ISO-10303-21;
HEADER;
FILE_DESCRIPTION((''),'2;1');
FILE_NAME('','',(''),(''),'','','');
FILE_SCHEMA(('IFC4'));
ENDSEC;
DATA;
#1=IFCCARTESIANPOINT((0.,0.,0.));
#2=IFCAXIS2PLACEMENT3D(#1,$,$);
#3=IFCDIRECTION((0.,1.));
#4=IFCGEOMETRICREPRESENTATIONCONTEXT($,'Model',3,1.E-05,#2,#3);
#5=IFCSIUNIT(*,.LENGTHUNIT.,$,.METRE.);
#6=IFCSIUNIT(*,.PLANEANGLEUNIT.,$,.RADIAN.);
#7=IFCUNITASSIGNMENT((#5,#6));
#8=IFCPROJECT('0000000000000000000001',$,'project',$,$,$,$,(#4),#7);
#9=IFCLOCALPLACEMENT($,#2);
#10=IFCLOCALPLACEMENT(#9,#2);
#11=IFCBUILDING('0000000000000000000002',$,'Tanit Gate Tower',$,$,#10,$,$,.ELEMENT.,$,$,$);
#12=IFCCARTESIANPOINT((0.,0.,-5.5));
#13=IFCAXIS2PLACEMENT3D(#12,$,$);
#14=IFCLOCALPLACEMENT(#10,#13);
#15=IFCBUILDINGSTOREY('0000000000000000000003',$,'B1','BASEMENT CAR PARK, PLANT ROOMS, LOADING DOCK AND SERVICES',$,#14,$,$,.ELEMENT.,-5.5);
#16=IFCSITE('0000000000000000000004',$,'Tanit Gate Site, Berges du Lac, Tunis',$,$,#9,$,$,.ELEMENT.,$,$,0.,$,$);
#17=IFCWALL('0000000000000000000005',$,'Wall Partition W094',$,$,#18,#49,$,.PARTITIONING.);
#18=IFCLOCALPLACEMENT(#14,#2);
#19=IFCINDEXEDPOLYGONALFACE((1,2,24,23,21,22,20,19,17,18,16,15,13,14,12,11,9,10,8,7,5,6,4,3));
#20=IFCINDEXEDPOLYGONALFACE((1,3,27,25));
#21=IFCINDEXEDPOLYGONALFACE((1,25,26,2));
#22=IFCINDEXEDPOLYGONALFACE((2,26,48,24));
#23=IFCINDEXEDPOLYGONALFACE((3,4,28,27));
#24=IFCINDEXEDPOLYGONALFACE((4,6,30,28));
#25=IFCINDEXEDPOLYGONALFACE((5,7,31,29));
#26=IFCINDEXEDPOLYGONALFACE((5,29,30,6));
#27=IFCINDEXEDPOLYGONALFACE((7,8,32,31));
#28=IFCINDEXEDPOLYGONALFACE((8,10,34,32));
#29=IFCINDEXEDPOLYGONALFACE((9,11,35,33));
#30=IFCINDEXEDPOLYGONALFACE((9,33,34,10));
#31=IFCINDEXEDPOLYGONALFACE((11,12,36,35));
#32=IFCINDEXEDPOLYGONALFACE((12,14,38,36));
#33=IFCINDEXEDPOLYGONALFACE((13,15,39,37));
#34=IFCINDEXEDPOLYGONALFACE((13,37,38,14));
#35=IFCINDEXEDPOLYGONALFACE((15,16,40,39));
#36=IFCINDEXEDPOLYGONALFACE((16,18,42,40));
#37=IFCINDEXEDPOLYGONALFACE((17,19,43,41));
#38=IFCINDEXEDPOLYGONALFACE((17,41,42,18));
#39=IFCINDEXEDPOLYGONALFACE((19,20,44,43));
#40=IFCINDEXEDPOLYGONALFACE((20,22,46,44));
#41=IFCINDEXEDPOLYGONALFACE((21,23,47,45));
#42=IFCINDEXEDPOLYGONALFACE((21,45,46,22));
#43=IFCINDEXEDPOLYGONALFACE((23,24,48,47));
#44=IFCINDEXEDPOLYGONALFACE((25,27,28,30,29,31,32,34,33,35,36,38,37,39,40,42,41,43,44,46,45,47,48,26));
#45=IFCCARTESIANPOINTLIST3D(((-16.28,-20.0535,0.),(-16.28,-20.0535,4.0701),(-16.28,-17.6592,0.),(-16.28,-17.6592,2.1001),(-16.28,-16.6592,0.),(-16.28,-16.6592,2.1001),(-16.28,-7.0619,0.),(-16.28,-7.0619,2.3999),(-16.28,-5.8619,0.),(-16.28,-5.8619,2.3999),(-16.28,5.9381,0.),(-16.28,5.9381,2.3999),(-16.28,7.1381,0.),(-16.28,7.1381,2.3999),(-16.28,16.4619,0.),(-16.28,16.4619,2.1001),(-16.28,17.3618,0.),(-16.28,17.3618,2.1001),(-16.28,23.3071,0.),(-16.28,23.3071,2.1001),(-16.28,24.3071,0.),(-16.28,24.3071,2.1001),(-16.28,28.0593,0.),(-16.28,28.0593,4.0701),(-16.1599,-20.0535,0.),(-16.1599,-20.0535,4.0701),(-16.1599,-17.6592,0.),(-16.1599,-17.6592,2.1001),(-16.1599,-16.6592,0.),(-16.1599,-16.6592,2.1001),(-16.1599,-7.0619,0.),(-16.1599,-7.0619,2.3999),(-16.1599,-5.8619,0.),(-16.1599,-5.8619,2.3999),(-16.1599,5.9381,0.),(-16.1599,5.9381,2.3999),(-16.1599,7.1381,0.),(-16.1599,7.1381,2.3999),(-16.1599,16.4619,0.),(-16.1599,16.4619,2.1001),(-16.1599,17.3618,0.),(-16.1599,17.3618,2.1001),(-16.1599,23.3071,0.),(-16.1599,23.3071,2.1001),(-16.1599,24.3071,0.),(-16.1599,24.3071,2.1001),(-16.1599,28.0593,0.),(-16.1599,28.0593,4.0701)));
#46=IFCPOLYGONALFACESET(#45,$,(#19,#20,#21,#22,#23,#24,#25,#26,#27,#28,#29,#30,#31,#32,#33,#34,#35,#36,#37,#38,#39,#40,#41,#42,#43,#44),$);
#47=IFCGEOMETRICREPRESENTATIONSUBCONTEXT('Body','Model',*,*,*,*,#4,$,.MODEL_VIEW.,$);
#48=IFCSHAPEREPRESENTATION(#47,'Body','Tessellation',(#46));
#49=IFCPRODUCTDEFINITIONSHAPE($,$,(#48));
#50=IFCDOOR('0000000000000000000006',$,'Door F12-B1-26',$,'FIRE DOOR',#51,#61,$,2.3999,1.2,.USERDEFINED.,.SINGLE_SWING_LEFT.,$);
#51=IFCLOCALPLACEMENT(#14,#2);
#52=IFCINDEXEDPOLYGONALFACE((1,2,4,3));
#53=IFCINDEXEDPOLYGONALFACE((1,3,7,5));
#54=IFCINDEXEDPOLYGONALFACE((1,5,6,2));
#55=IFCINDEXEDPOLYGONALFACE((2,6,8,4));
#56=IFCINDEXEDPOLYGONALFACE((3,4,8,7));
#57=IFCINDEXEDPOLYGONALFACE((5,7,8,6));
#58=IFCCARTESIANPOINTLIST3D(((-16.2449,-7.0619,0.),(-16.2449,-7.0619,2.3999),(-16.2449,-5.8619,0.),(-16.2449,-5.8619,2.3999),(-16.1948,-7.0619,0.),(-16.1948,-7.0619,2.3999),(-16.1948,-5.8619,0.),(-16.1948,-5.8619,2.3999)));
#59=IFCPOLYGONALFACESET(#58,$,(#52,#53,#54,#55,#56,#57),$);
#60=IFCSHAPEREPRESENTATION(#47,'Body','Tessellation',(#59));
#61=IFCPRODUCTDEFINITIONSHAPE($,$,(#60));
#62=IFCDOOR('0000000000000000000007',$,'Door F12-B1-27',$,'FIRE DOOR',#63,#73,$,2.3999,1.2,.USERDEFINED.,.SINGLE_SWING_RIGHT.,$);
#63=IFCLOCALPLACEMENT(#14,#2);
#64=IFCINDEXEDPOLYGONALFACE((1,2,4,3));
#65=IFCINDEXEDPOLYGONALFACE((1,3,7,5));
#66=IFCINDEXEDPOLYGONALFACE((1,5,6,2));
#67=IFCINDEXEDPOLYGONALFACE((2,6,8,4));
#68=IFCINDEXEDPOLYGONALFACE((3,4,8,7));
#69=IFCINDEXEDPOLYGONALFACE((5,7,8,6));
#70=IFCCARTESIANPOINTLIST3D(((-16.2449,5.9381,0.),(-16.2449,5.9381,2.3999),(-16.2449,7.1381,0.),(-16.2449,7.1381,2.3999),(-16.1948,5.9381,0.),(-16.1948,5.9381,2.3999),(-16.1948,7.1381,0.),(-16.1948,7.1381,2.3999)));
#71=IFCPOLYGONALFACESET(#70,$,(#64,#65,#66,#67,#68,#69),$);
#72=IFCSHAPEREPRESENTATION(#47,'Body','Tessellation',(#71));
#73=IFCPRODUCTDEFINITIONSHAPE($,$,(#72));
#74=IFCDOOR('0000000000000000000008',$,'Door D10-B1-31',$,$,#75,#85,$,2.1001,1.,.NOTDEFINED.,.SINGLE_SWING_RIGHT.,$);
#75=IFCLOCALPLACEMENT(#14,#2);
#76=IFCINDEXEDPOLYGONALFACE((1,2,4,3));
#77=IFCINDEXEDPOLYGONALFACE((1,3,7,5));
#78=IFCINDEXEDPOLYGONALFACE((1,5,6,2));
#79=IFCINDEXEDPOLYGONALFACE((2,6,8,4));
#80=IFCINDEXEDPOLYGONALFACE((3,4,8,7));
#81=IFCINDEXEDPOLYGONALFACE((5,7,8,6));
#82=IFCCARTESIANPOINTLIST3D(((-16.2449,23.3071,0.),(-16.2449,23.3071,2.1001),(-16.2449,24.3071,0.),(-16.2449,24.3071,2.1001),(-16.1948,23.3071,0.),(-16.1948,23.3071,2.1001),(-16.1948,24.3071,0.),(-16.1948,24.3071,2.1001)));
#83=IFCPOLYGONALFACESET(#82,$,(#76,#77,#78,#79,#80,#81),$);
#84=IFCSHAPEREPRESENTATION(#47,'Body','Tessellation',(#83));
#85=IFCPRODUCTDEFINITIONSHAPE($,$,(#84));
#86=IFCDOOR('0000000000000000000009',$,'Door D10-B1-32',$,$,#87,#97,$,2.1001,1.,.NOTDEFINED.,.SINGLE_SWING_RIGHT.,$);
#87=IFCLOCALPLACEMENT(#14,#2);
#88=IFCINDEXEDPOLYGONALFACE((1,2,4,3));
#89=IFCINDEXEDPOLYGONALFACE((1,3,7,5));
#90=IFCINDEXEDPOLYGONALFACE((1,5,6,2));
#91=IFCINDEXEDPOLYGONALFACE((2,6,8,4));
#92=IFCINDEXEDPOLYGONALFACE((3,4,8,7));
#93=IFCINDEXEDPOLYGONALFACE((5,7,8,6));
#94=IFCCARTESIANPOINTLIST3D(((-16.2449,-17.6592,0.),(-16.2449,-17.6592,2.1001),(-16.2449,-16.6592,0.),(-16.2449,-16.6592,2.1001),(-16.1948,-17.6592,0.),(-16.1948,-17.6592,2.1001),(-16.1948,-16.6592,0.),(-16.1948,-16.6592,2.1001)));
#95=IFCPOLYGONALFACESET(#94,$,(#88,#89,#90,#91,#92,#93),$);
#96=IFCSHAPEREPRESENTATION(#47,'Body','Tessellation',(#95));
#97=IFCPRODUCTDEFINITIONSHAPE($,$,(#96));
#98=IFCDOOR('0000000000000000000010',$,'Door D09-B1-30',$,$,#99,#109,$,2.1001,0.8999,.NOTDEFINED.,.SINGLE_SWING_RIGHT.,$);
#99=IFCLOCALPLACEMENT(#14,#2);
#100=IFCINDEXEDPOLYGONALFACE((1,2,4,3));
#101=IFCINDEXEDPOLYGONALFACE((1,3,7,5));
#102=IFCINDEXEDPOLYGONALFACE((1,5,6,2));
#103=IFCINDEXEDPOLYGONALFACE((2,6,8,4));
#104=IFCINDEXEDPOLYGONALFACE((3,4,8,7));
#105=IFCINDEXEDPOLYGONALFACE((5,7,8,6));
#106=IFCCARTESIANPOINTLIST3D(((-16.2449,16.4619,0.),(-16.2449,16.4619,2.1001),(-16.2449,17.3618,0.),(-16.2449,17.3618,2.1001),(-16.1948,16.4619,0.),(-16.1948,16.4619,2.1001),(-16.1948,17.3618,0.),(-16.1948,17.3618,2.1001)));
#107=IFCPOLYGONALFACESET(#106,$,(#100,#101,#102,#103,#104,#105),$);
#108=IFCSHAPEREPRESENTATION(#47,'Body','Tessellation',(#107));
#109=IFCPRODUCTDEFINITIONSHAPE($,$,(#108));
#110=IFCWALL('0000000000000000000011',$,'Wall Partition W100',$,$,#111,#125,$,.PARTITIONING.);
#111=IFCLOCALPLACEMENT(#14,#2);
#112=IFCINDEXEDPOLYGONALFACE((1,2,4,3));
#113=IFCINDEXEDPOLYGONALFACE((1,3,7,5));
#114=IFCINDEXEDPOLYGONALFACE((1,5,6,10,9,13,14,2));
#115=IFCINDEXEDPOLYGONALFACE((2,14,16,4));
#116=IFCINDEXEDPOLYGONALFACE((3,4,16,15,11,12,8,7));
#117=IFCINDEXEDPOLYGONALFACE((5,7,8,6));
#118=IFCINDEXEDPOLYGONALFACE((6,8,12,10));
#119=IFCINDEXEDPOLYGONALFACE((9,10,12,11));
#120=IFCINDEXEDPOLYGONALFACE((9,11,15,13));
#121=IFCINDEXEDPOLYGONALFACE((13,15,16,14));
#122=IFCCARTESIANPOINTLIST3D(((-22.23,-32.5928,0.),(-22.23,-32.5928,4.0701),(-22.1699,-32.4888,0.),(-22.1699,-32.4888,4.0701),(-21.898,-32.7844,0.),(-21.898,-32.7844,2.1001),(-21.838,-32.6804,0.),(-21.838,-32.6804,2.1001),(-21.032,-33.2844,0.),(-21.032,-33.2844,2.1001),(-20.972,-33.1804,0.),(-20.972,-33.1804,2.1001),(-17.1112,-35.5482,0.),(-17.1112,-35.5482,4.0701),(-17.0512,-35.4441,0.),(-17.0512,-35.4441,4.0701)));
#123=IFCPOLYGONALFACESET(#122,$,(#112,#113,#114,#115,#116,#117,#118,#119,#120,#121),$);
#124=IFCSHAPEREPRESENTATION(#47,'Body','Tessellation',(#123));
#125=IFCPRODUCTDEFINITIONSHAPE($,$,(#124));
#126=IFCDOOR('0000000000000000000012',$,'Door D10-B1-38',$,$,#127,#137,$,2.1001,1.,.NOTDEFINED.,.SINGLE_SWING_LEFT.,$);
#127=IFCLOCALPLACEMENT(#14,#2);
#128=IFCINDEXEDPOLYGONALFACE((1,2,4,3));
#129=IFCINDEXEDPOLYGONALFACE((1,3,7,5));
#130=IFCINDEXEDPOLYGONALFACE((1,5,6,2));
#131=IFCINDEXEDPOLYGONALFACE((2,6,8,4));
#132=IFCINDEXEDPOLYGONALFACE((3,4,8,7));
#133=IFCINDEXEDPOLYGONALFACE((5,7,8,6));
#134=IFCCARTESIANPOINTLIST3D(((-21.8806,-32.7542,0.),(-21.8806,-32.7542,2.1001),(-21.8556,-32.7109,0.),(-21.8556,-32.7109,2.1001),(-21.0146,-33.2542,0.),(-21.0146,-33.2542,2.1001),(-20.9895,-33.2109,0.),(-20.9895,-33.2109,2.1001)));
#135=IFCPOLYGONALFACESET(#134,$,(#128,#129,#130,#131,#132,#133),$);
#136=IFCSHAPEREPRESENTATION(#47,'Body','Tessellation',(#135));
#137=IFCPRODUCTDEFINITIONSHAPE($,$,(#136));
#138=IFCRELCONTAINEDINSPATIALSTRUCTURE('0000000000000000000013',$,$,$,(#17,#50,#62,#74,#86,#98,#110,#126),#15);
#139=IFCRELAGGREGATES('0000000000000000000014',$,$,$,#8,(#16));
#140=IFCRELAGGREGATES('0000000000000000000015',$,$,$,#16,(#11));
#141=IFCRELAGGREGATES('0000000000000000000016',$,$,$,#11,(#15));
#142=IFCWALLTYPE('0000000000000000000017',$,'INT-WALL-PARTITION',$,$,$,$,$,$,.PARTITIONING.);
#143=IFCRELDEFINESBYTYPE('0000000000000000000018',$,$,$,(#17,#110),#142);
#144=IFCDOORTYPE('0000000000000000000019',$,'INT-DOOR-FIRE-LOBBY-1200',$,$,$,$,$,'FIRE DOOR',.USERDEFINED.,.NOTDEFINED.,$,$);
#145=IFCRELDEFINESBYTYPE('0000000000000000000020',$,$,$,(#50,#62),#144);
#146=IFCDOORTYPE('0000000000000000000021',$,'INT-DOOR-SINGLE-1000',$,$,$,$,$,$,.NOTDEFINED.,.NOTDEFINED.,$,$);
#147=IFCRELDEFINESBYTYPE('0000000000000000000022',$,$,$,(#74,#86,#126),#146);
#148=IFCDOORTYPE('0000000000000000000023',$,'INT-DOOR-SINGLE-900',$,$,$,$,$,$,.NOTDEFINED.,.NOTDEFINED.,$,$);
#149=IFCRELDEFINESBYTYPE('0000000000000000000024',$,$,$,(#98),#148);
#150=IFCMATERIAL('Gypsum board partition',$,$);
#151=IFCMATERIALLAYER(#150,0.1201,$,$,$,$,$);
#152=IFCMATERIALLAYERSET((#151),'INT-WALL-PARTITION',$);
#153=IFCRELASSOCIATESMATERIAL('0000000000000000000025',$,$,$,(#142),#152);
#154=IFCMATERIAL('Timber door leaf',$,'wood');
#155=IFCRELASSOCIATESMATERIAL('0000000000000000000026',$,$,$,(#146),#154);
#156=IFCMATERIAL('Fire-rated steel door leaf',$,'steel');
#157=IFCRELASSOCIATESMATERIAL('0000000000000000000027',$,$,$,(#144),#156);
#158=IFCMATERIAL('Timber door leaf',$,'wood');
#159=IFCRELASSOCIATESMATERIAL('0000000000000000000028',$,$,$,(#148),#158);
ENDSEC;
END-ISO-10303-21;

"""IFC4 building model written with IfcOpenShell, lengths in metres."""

from ifc_helpers import new_model, si_unit, direction, frame, frame_2d, origin, place, context, subcontext, project, spatial, rectangle, extrude, material, layer, layer_set, type_object, element, fill, save


model = new_model("IFC4")

# Units and contexts
model_context = context("Model", 3, precision=1e-05, world=origin(), true_north=direction((0.0, 1.0)))
body_context = subcontext(model_context, "Body", "Model", "MODEL_VIEW")
ifc_project = project(units=[si_unit("LENGTHUNIT", "METRE"), si_unit("PLANEANGLEUNIT", "RADIAN")], contexts=[model_context])

# Site, building, storey
site_placement = place(None, origin())
site = spatial("IfcSite", under=ifc_project, at=site_placement, Name="Tanit Gate Site, Berges du Lac, Tunis", CompositionType="ELEMENT", RefElevation=0.0)
building_placement = place(site_placement, origin())
building = spatial("IfcBuilding", under=site, at=building_placement, Name="Tanit Gate Tower", CompositionType="ELEMENT")
storey_placement = place(building_placement, frame((0.0, 0.0, -5.5)))
storey = spatial("IfcBuildingStorey", under=building, at=storey_placement, Name="B1", Description="BASEMENT CAR PARK, PLANT ROOMS, LOADING DOCK AND SERVICES", CompositionType="ELEMENT", Elevation=-5.5)

# Wall, openings, doors
ifc_material_1 = material(Name="Gypsum board partition")
ifc_layer_1 = layer(ifc_material_1, 0.1201)
ifc_layer_set_1 = layer_set([ifc_layer_1], Name="INT-WALL-PARTITION")
wall_type_1 = type_object("IfcWallType", Name="INT-WALL-PARTITION", PredefinedType="PARTITIONING", material=ifc_layer_set_1)
ifc_material_2 = material(Name="Timber door leaf", Category="wood")
door_type_1 = type_object("IfcDoorType", Name="INT-DOOR-SINGLE-1000", OperationType="NOTDEFINED", PredefinedType="NOTDEFINED", material=ifc_material_2)
wall_1_placement = place(storey_placement, frame((-16.22, -20.0535, 0.0), z_axis=(0.0, 0.0, 1.0), x_axis=(0.0, 1.0, 0.0)))
wall_1 = element("IfcWall", 1, at=wall_1_placement, inside=storey, type_object=wall_type_1, Name="Wall Partition W094", PredefinedType="PARTITIONING", context=body_context, shape_type="SweptSolid", body=[
    extrude(rectangle(XDim=48.1128, YDim=0.1201, at=frame_2d((24.0564, 0.0))), origin(), (0.0, 0.0, 1.0), 4.0701),
])
opening_1_placement = place(wall_1_placement, frame((12.9915, 0.0, 0.0)))
opening_1 = element("IfcOpeningElement", 2, at=opening_1_placement, cuts=wall_1, PredefinedType="OPENING", context=body_context, shape_type="SweptSolid", body=[
    extrude(rectangle(XDim=1.2, YDim=2.3999, at=frame_2d((0.6001, 1.2))), frame((0.0, 0.0701, 0.0), z_axis=(0.0, -1.0, 0.0), x_axis=(1.0, 0.0, 0.0)), (0.0, 0.0, 1.0), 0.1401),
])
opening_2_placement = place(wall_1_placement, frame((25.9915, 0.0, 0.0)))
opening_2 = element("IfcOpeningElement", 3, at=opening_2_placement, cuts=wall_1, PredefinedType="OPENING", context=body_context, shape_type="SweptSolid", body=[
    extrude(rectangle(XDim=1.2, YDim=2.3999, at=frame_2d((0.6001, 1.2))), frame((0.0, 0.0701, 0.0), z_axis=(0.0, -1.0, 0.0), x_axis=(1.0, 0.0, 0.0)), (0.0, 0.0, 1.0), 0.1401),
])
opening_3_placement = place(wall_1_placement, frame((36.5154, 0.0, 0.0)))
opening_3 = element("IfcOpeningElement", 4, at=opening_3_placement, cuts=wall_1, PredefinedType="OPENING", context=body_context, shape_type="SweptSolid", body=[
    extrude(rectangle(XDim=0.8999, YDim=2.1001, at=frame_2d((0.45, 1.05))), frame((0.0, 0.0701, 0.0), z_axis=(0.0, -1.0, 0.0), x_axis=(1.0, 0.0, 0.0)), (0.0, 0.0, 1.0), 0.1401),
])
opening_4_placement = place(wall_1_placement, frame((43.3606, 0.0, 0.0)))
opening_4 = element("IfcOpeningElement", 5, at=opening_4_placement, cuts=wall_1, PredefinedType="OPENING", context=body_context, shape_type="SweptSolid", body=[
    extrude(rectangle(XDim=1.0, YDim=2.1001, at=frame_2d((0.5, 1.05))), frame((0.0, 0.0701, 0.0), z_axis=(0.0, -1.0, 0.0), x_axis=(1.0, 0.0, 0.0)), (0.0, 0.0, 1.0), 0.1401),
])
opening_5_placement = place(wall_1_placement, frame((2.3943, 0.0, 0.0)))
opening_5 = element("IfcOpeningElement", 6, at=opening_5_placement, cuts=wall_1, PredefinedType="OPENING", context=body_context, shape_type="SweptSolid", body=[
    extrude(rectangle(XDim=1.0, YDim=2.1001, at=frame_2d((0.5, 1.05))), frame((0.0, 0.0701, 0.0), z_axis=(0.0, -1.0, 0.0), x_axis=(1.0, 0.0, 0.0)), (0.0, 0.0, 1.0), 0.1401),
])
ifc_material_3 = material(Name="Fire-rated steel door leaf", Category="steel")
door_type_2 = type_object("IfcDoorType", Name="INT-DOOR-FIRE-LOBBY-1200", ElementType="FIRE DOOR", OperationType="NOTDEFINED", PredefinedType="USERDEFINED", material=ifc_material_3)
door_1_placement = place(opening_1_placement, origin())
door_1 = element("IfcDoor", 7, at=door_1_placement, inside=storey, type_object=door_type_2, Name="Door F12-B1-26", ObjectType="FIRE DOOR", OperationType="SINGLE_SWING_LEFT", OverallHeight=2.3999, OverallWidth=1.2, PredefinedType="USERDEFINED", context=body_context, shape_type="SweptSolid", body=[
    extrude(rectangle(XDim=1.2, YDim=2.3999, at=frame_2d((0.6001, 1.2))), frame((0.0, 0.0249, 0.0), z_axis=(0.0, -1.0, 0.0), x_axis=(1.0, 0.0, 0.0)), (0.0, 0.0, 1.0), 0.05),
])
fill(opening_1, door_1)
door_2_placement = place(opening_2_placement, origin())
door_2 = element("IfcDoor", 8, at=door_2_placement, inside=storey, type_object=door_type_2, Name="Door F12-B1-27", ObjectType="FIRE DOOR", OperationType="SINGLE_SWING_RIGHT", OverallHeight=2.3999, OverallWidth=1.2, PredefinedType="USERDEFINED", context=body_context, shape_type="SweptSolid", body=[
    extrude(rectangle(XDim=1.2, YDim=2.3999, at=frame_2d((0.6001, 1.2))), frame((0.0, 0.0249, 0.0), z_axis=(0.0, -1.0, 0.0), x_axis=(1.0, 0.0, 0.0)), (0.0, 0.0, 1.0), 0.05),
])
fill(opening_2, door_2)
door_3_placement = place(opening_4_placement, origin())
door_3 = element("IfcDoor", 9, at=door_3_placement, inside=storey, type_object=door_type_1, Name="Door D10-B1-31", OperationType="SINGLE_SWING_RIGHT", OverallHeight=2.1001, OverallWidth=1.0, PredefinedType="NOTDEFINED", context=body_context, shape_type="SweptSolid", body=[
    extrude(rectangle(XDim=1.0, YDim=2.1001, at=frame_2d((0.5, 1.05))), frame((0.0, 0.0249, 0.0), z_axis=(0.0, -1.0, 0.0), x_axis=(1.0, 0.0, 0.0)), (0.0, 0.0, 1.0), 0.05),
])
fill(opening_4, door_3)
door_4_placement = place(opening_5_placement, origin())
door_4 = element("IfcDoor", 10, at=door_4_placement, inside=storey, type_object=door_type_1, Name="Door D10-B1-32", OperationType="SINGLE_SWING_RIGHT", OverallHeight=2.1001, OverallWidth=1.0, PredefinedType="NOTDEFINED", context=body_context, shape_type="SweptSolid", body=[
    extrude(rectangle(XDim=1.0, YDim=2.1001, at=frame_2d((0.5, 1.05))), frame((0.0, 0.0249, 0.0), z_axis=(0.0, -1.0, 0.0), x_axis=(1.0, 0.0, 0.0)), (0.0, 0.0, 1.0), 0.05),
])
fill(opening_5, door_4)
ifc_material_4 = material(Name="Timber door leaf", Category="wood")
door_type_3 = type_object("IfcDoorType", Name="INT-DOOR-SINGLE-900", OperationType="NOTDEFINED", PredefinedType="NOTDEFINED", material=ifc_material_4)
door_5_placement = place(opening_3_placement, origin())
door_5 = element("IfcDoor", 11, at=door_5_placement, inside=storey, type_object=door_type_3, Name="Door D09-B1-30", OperationType="SINGLE_SWING_RIGHT", OverallHeight=2.1001, OverallWidth=0.8999, PredefinedType="NOTDEFINED", context=body_context, shape_type="SweptSolid", body=[
    extrude(rectangle(XDim=0.8999, YDim=2.1001, at=frame_2d((0.45, 1.05))), frame((0.0, 0.0249, 0.0), z_axis=(0.0, -1.0, 0.0), x_axis=(1.0, 0.0, 0.0)), (0.0, 0.0, 1.0), 0.05),
])
fill(opening_3, door_5)

# Wall, opening, door
wall_2_placement = place(storey_placement, frame((-22.2, -32.5408, 0.0), z_axis=(0.0, 0.0, 1.0), x_axis=(0.86602, -0.500008, 0.0)))
wall_2 = element("IfcWall", 12, at=wall_2_placement, inside=storey, type_object=wall_type_1, Name="Wall Partition W100", PredefinedType="PARTITIONING", context=body_context, shape_type="SweptSolid", body=[
    extrude(rectangle(XDim=5.9106, YDim=0.1201, at=frame_2d((2.9553, 0.0))), origin(), (0.0, 0.0, 1.0), 4.0701),
])
opening_6_placement = place(wall_2_placement, frame((0.3833, 0.0, 0.0)))
opening_6 = element("IfcOpeningElement", 13, at=opening_6_placement, cuts=wall_2, PredefinedType="OPENING", context=body_context, shape_type="SweptSolid", body=[
    extrude(rectangle(XDim=1.0, YDim=2.1001, at=frame_2d((0.5, 1.05))), frame((0.0, 0.0701, 0.0), z_axis=(0.0, -1.0, 0.0), x_axis=(1.0, 0.0, 0.0)), (0.0, 0.0, 1.0), 0.1401),
])
door_6_placement = place(opening_6_placement, origin())
door_6 = element("IfcDoor", 14, at=door_6_placement, inside=storey, type_object=door_type_1, Name="Door D10-B1-38", OperationType="SINGLE_SWING_LEFT", OverallHeight=2.1001, OverallWidth=1.0, PredefinedType="NOTDEFINED", context=body_context, shape_type="SweptSolid", body=[
    extrude(rectangle(XDim=1.0, YDim=2.1001, at=frame_2d((0.5, 1.05))), frame((0.0, 0.0249, 0.0), z_axis=(0.0, -1.0, 0.0), x_axis=(1.0, 0.0, 0.0)), (0.0, 0.0, 1.0), 0.05),
])
fill(opening_6, door_6)

save(model, "model.ifc")
